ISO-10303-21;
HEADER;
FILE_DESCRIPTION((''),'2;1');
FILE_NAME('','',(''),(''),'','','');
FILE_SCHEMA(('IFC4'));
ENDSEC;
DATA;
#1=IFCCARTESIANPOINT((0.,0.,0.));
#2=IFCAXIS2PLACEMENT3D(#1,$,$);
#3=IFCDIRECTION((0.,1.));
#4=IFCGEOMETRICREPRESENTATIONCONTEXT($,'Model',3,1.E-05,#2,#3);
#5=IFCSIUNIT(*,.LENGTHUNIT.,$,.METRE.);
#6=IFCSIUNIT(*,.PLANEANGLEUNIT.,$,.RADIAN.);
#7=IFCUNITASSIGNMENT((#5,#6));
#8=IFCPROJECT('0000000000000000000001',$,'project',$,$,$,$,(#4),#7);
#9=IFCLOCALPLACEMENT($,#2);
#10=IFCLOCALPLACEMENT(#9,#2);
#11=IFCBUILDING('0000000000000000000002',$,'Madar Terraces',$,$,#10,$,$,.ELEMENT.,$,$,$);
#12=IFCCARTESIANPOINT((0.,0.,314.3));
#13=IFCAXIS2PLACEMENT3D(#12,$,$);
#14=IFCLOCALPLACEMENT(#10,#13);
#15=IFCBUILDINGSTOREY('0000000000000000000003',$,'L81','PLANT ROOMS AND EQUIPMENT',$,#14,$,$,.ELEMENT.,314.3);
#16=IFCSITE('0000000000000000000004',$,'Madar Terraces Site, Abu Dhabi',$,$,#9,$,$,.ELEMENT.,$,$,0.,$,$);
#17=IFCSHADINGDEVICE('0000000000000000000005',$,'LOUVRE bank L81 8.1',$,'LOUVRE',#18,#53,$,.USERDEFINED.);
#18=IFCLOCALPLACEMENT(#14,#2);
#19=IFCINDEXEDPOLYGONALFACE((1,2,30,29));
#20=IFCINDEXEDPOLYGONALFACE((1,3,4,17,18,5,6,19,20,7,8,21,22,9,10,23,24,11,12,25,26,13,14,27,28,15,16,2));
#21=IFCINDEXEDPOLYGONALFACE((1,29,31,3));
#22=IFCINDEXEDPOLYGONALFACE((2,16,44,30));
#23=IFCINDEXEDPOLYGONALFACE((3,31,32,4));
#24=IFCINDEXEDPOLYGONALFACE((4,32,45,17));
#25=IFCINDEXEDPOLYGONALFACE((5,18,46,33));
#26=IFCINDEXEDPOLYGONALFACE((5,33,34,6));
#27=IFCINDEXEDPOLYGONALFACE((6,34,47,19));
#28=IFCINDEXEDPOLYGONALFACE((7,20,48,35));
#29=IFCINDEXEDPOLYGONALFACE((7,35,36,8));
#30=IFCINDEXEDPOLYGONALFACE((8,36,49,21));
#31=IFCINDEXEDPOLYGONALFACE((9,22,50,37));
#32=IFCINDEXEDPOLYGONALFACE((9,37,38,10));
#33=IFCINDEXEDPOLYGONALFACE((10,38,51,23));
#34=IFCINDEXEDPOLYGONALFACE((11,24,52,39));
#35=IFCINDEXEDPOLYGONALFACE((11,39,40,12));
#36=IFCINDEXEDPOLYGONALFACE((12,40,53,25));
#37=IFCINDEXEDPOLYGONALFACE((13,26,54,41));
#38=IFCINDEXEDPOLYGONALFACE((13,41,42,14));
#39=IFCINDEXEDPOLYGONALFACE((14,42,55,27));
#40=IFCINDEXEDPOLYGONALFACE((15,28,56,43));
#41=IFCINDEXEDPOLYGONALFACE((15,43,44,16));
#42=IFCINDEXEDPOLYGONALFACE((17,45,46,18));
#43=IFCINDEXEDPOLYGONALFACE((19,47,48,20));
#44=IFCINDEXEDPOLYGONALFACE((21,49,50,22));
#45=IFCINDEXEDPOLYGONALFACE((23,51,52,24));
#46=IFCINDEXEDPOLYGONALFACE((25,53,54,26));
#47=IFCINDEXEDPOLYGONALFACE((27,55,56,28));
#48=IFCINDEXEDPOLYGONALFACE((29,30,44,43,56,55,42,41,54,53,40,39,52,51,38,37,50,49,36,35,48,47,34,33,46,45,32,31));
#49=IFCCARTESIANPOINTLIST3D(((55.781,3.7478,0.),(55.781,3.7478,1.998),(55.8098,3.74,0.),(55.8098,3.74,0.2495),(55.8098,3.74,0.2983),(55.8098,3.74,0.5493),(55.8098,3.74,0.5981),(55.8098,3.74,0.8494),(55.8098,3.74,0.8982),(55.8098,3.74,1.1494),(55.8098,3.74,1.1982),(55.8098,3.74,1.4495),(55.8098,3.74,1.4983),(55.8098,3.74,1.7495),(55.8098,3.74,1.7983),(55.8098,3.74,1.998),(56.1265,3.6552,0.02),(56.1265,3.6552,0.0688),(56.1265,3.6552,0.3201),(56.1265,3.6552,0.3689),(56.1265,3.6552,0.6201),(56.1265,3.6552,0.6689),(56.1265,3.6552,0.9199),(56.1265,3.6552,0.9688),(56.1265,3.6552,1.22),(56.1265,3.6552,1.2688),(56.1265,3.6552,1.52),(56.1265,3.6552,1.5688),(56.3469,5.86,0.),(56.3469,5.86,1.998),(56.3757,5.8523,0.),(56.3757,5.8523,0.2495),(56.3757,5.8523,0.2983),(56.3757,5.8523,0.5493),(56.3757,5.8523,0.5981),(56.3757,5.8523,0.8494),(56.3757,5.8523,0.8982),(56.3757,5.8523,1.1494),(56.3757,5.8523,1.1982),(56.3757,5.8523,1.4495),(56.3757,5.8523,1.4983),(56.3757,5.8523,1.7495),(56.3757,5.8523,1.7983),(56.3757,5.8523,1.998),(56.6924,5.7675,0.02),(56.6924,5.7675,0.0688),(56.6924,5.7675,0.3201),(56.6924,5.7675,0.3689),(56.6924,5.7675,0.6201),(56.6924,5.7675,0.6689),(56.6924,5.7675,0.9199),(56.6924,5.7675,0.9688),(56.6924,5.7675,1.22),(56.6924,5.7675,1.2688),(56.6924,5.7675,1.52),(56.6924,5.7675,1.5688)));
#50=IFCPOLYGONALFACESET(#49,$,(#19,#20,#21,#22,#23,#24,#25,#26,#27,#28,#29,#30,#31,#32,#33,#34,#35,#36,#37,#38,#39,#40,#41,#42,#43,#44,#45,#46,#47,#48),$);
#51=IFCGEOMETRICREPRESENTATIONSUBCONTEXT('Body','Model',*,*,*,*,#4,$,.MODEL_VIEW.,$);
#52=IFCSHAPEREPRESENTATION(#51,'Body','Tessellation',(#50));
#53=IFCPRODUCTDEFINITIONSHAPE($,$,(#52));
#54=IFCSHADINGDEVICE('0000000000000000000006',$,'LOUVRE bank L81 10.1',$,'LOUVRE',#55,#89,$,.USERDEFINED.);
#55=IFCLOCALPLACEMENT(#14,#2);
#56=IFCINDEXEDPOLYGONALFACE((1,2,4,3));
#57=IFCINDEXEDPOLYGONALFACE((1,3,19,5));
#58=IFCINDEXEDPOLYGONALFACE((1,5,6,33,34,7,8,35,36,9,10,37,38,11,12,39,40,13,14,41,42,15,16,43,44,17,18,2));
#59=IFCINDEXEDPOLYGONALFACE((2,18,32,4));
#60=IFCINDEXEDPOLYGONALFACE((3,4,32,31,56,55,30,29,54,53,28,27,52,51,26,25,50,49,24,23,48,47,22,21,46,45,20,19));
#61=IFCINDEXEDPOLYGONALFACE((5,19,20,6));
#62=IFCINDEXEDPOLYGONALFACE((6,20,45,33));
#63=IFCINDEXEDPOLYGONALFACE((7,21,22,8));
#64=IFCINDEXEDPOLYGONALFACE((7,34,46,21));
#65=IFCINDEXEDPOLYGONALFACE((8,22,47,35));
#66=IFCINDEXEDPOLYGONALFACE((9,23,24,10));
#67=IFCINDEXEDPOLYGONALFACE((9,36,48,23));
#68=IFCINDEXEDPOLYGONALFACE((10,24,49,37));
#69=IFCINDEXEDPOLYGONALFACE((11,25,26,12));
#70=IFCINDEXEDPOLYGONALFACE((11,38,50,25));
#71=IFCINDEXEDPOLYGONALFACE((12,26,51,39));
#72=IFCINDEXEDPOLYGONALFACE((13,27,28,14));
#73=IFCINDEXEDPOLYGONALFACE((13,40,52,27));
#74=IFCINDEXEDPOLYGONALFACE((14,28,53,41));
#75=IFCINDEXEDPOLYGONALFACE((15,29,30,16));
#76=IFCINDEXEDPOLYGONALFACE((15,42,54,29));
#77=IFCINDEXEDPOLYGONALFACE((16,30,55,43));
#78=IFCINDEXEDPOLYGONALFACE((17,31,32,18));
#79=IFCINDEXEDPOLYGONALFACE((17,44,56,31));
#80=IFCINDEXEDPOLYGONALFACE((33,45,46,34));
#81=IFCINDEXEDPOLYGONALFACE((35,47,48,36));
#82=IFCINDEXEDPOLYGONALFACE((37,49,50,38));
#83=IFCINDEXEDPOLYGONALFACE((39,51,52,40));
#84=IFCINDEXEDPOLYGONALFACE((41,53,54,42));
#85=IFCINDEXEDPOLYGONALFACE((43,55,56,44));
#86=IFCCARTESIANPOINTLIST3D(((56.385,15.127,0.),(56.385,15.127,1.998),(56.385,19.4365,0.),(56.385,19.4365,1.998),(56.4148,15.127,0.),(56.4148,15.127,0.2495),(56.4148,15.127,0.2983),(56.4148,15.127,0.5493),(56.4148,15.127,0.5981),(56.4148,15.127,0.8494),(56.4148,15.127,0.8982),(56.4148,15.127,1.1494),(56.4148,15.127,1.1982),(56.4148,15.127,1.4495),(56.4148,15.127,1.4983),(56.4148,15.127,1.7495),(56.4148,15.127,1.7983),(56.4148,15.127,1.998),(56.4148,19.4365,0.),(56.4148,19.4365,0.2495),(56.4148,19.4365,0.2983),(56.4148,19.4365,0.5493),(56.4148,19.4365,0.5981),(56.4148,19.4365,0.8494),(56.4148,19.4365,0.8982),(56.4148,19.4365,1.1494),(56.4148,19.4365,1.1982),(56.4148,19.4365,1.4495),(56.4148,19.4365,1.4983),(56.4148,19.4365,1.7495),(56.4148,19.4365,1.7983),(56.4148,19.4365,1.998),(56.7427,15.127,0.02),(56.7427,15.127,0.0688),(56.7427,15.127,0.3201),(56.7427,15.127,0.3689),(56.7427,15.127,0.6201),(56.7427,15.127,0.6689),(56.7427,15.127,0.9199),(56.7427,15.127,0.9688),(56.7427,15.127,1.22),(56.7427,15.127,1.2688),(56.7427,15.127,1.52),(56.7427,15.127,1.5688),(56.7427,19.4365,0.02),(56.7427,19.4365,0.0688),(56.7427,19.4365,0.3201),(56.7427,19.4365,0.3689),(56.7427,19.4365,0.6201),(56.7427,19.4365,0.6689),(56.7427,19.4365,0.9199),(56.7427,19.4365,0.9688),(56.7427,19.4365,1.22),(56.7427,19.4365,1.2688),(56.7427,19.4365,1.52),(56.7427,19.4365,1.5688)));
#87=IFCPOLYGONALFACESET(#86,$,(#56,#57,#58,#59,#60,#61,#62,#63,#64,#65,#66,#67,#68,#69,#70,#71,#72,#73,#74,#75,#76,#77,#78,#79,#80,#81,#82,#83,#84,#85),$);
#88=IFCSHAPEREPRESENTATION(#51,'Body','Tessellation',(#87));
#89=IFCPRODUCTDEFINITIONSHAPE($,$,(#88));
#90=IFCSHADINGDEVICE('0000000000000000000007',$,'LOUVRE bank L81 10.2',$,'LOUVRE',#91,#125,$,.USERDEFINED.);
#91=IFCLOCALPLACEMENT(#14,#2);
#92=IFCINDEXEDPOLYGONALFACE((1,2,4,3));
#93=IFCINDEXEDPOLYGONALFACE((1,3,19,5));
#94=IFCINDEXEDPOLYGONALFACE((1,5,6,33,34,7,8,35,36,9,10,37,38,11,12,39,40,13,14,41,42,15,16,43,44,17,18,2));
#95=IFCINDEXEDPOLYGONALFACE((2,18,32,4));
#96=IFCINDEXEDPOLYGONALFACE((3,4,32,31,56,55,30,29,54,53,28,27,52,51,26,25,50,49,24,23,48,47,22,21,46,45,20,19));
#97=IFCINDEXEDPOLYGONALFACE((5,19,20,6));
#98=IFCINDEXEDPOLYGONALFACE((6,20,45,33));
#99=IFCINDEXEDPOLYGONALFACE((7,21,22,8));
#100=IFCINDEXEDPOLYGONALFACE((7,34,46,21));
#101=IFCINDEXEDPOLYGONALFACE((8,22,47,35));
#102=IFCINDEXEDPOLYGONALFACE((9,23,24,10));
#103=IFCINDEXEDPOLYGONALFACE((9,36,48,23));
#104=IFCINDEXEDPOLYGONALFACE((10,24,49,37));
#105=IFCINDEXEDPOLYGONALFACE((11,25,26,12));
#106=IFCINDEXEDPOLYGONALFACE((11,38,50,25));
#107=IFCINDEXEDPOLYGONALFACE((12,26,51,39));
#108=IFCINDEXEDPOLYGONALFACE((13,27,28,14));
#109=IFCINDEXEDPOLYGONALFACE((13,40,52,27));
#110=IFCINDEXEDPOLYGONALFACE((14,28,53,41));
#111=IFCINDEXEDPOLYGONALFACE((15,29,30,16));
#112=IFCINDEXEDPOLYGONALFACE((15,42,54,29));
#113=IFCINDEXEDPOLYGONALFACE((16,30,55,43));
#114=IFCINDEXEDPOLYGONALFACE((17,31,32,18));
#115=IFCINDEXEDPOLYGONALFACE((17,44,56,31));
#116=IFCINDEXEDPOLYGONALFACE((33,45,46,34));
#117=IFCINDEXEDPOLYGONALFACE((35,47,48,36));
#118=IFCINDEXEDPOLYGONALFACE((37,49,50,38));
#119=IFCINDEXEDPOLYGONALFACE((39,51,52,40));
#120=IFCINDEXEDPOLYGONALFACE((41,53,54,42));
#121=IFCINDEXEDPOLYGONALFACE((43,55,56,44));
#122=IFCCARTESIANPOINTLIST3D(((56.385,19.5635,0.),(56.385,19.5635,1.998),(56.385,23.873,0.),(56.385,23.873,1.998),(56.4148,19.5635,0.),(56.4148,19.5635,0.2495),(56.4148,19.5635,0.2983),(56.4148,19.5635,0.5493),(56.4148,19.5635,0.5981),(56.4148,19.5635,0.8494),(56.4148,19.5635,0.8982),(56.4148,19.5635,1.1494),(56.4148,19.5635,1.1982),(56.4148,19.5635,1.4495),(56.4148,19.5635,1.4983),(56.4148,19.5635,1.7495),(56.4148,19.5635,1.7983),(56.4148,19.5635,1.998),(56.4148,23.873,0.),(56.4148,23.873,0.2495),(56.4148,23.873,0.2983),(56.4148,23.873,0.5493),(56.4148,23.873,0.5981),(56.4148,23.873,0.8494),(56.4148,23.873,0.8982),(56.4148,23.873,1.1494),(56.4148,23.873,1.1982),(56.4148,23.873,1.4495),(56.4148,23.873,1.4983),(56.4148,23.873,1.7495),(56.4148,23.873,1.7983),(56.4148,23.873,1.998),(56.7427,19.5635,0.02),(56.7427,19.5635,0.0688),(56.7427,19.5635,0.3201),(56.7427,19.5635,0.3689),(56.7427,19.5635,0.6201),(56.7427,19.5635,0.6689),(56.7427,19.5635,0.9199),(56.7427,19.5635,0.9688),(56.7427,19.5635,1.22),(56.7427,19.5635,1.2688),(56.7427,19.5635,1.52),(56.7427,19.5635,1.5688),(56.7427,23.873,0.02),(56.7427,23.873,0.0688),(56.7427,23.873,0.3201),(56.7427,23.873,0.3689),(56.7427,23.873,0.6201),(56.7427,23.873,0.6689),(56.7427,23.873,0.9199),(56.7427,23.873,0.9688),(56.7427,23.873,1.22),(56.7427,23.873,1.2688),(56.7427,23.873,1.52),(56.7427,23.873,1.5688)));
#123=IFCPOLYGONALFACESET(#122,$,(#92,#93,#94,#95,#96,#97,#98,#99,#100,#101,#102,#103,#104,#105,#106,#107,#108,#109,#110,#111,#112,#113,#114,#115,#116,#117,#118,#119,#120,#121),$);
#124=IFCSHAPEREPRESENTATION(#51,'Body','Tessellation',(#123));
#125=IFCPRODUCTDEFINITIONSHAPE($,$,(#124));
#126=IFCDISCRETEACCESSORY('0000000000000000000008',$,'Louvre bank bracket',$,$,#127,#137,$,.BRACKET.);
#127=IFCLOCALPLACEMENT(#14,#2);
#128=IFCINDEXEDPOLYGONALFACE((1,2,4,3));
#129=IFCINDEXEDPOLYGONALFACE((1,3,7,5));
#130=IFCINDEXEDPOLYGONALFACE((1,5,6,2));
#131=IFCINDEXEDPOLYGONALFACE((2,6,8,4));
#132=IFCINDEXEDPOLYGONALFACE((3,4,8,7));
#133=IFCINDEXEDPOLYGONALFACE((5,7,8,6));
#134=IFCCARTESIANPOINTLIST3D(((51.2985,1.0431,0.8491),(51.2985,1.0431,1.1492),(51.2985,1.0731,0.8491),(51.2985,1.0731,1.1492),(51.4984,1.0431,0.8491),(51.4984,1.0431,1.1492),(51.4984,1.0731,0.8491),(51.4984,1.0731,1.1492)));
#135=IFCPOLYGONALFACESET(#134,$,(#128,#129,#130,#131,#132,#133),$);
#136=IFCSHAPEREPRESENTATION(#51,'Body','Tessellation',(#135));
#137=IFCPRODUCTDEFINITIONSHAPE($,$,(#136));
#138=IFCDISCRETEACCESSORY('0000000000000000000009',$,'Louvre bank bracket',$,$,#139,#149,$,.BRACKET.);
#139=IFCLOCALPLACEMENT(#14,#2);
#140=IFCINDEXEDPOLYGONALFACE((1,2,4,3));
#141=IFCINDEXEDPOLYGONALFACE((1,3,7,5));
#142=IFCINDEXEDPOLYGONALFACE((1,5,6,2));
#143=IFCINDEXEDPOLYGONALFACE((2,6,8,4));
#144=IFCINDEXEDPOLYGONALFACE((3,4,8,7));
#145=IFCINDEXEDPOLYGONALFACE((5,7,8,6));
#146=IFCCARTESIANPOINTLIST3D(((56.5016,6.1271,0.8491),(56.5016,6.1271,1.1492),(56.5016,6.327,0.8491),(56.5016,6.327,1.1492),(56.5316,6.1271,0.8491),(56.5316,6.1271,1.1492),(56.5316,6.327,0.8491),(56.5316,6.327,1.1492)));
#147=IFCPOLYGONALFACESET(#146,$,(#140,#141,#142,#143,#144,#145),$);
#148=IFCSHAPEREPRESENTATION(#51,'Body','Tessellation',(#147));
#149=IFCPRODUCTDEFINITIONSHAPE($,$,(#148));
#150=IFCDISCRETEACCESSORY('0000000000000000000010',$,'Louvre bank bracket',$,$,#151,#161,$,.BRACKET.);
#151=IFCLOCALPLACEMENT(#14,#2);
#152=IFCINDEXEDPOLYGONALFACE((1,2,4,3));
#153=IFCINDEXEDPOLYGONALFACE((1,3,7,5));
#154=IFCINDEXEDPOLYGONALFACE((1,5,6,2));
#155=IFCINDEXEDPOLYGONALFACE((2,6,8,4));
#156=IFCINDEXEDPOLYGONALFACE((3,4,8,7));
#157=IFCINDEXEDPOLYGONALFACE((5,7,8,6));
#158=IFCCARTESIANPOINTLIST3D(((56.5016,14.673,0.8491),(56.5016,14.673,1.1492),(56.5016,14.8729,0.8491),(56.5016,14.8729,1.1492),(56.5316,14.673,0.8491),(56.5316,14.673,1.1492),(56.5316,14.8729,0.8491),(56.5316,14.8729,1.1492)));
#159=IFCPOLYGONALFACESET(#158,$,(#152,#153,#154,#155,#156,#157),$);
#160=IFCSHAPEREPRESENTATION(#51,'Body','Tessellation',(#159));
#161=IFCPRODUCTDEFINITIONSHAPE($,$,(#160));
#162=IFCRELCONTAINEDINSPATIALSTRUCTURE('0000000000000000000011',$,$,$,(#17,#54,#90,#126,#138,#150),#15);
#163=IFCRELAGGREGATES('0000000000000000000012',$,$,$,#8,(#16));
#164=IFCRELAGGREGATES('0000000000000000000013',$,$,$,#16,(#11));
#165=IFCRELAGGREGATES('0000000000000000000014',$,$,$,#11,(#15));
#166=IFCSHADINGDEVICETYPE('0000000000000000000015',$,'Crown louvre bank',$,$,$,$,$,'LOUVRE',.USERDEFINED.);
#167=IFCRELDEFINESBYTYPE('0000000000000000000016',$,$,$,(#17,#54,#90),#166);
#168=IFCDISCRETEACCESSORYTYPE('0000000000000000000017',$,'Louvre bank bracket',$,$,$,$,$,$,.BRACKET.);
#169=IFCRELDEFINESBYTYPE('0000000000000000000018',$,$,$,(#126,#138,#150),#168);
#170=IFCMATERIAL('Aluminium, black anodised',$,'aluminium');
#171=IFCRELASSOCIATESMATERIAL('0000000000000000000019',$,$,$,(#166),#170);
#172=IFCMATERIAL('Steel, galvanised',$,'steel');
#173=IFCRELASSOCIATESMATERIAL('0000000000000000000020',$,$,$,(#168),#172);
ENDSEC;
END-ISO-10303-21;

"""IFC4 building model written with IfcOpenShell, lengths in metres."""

from ifc_helpers import new_model, si_unit, direction, frame, origin, origin_2d, place, context, subcontext, project, spatial, polyline, rectangle, outline, extrude, material, type_object, element, save


model = new_model("IFC4")

# Units and contexts
model_context = context("Model", 3, precision=1e-05, world=origin(), true_north=direction((0.0, 1.0)))
body_context = subcontext(model_context, "Body", "Model", "MODEL_VIEW")
ifc_project = project(units=[si_unit("LENGTHUNIT", "METRE"), si_unit("PLANEANGLEUNIT", "RADIAN")], contexts=[model_context])

# Site, building, storey
site_placement = place(None, origin())
site = spatial("IfcSite", under=ifc_project, at=site_placement, Name="Madar Terraces Site, Abu Dhabi", CompositionType="ELEMENT", RefElevation=0.0)
building_placement = place(site_placement, origin())
building = spatial("IfcBuilding", under=site, at=building_placement, Name="Madar Terraces", CompositionType="ELEMENT")
storey_placement = place(building_placement, frame((0.0, 0.0, 314.3)))
storey = spatial("IfcBuildingStorey", under=building, at=storey_placement, Name="L81", Description="PLANT ROOMS AND EQUIPMENT", CompositionType="ELEMENT", Elevation=314.3)

# Shading devices
ifc_material_1 = material(Name="Aluminium, black anodised", Category="aluminium")
shading_device_type = type_object("IfcShadingDeviceType", Name="Crown louvre bank", ElementType="LOUVRE", PredefinedType="USERDEFINED", material=ifc_material_1)
shading_device_1_placement = place(storey_placement, frame((55.7954, 3.7439, 0.0), z_axis=(0.258788, 0.965934, 0.0), x_axis=(-0.965934, 0.258788, 0.0)))
element("IfcShadingDevice", 1, at=shading_device_1_placement, inside=storey, type_object=shading_device_type, Name="LOUVRE bank L81 8.1", ObjectType="LOUVRE", PredefinedType="USERDEFINED", context=body_context, shape_type="SweptSolid", body=[
    extrude(outline(polyline([(0.0149, 0.0), (-0.0149, 0.0), (-0.0149, 0.2495), (-0.3428, 0.02), (-0.3428, 0.0688), (-0.0149, 0.2983), (-0.0149, 0.5493), (-0.3428, 0.3201), (-0.3428, 0.3689), (-0.0149, 0.5981), (-0.0149, 0.8494), (-0.3428, 0.6201), (-0.3428, 0.6689), (-0.0149, 0.8982), (-0.0149, 1.1494), (-0.3428, 0.9199), (-0.3428, 0.9688), (-0.0149, 1.1982), (-0.0149, 1.4495), (-0.3428, 1.22), (-0.3428, 1.2688), (-0.0149, 1.4983), (-0.0149, 1.7495), (-0.3428, 1.52), (-0.3428, 1.5688), (-0.0149, 1.7983), (-0.0149, 1.998), (0.0149, 1.998), (0.0149, 0.0)])), origin(), (0.0, 0.0, 1.0), 2.1868),
])
for number, where, z_axis, x_axis, name in (
    (2, (56.3999, 15.127, 0.0), (0.0, 1.0, 0.0), (-1.0, 0.0, 0.0), "LOUVRE bank L81 10.1"),
    (3, (56.3999, 19.5635, 0.0), (0.0, 1.0, 0.0), (-1.0, 0.0, 0.0), "LOUVRE bank L81 10.2"),
):
    element("IfcShadingDevice", number, at=place(storey_placement, frame(where, z_axis=z_axis, x_axis=x_axis)), inside=storey, type_object=shading_device_type, Name=name, ObjectType="LOUVRE", PredefinedType="USERDEFINED", context=body_context, shape_type="SweptSolid", body=[
        extrude(outline(polyline([(0.0149, 0.0), (-0.0149, 0.0), (-0.0149, 0.2495), (-0.3428, 0.02), (-0.3428, 0.0688), (-0.0149, 0.2983), (-0.0149, 0.5493), (-0.3428, 0.3201), (-0.3428, 0.3689), (-0.0149, 0.5981), (-0.0149, 0.8494), (-0.3428, 0.6201), (-0.3428, 0.6689), (-0.0149, 0.8982), (-0.0149, 1.1494), (-0.3428, 0.9199), (-0.3428, 0.9688), (-0.0149, 1.1982), (-0.0149, 1.4495), (-0.3428, 1.22), (-0.3428, 1.2688), (-0.0149, 1.4983), (-0.0149, 1.7495), (-0.3428, 1.52), (-0.3428, 1.5688), (-0.0149, 1.7983), (-0.0149, 1.998), (0.0149, 1.998), (0.0149, 0.0)])), origin(), (0.0, 0.0, 1.0), 4.3096),
    ])

# Discrete accessories
ifc_material_2 = material(Name="Steel, galvanised", Category="steel")
discrete_accessory_type = type_object("IfcDiscreteAccessoryType", Name="Louvre bank bracket", PredefinedType="BRACKET", material=ifc_material_2)
for number, where, z_axis, x_axis, name in (
    (4, (51.3984, 1.0581, 0.8491), (0.0, 0.0, 1.0), (1.0, 0.0, 0.0), "Louvre bank bracket"),
    (5, (56.5166, 6.2271, 0.8491), (0.0, 0.0, 1.0), (0.0, 1.0, 0.0), "Louvre bank bracket"),
    (6, (56.5166, 14.7729, 0.8491), (0.0, 0.0, 1.0), (0.0, 1.0, 0.0), "Louvre bank bracket"),
):
    element("IfcDiscreteAccessory", number, at=place(storey_placement, frame(where, z_axis=z_axis, x_axis=x_axis)), inside=storey, type_object=discrete_accessory_type, Name=name, PredefinedType="BRACKET", context=body_context, shape_type="SweptSolid", body=[
        extrude(rectangle(XDim=0.2, YDim=0.03, at=origin_2d()), origin(), (0.0, 0.0, 1.0), 0.3),
    ])

save(model, "model.ifc")
